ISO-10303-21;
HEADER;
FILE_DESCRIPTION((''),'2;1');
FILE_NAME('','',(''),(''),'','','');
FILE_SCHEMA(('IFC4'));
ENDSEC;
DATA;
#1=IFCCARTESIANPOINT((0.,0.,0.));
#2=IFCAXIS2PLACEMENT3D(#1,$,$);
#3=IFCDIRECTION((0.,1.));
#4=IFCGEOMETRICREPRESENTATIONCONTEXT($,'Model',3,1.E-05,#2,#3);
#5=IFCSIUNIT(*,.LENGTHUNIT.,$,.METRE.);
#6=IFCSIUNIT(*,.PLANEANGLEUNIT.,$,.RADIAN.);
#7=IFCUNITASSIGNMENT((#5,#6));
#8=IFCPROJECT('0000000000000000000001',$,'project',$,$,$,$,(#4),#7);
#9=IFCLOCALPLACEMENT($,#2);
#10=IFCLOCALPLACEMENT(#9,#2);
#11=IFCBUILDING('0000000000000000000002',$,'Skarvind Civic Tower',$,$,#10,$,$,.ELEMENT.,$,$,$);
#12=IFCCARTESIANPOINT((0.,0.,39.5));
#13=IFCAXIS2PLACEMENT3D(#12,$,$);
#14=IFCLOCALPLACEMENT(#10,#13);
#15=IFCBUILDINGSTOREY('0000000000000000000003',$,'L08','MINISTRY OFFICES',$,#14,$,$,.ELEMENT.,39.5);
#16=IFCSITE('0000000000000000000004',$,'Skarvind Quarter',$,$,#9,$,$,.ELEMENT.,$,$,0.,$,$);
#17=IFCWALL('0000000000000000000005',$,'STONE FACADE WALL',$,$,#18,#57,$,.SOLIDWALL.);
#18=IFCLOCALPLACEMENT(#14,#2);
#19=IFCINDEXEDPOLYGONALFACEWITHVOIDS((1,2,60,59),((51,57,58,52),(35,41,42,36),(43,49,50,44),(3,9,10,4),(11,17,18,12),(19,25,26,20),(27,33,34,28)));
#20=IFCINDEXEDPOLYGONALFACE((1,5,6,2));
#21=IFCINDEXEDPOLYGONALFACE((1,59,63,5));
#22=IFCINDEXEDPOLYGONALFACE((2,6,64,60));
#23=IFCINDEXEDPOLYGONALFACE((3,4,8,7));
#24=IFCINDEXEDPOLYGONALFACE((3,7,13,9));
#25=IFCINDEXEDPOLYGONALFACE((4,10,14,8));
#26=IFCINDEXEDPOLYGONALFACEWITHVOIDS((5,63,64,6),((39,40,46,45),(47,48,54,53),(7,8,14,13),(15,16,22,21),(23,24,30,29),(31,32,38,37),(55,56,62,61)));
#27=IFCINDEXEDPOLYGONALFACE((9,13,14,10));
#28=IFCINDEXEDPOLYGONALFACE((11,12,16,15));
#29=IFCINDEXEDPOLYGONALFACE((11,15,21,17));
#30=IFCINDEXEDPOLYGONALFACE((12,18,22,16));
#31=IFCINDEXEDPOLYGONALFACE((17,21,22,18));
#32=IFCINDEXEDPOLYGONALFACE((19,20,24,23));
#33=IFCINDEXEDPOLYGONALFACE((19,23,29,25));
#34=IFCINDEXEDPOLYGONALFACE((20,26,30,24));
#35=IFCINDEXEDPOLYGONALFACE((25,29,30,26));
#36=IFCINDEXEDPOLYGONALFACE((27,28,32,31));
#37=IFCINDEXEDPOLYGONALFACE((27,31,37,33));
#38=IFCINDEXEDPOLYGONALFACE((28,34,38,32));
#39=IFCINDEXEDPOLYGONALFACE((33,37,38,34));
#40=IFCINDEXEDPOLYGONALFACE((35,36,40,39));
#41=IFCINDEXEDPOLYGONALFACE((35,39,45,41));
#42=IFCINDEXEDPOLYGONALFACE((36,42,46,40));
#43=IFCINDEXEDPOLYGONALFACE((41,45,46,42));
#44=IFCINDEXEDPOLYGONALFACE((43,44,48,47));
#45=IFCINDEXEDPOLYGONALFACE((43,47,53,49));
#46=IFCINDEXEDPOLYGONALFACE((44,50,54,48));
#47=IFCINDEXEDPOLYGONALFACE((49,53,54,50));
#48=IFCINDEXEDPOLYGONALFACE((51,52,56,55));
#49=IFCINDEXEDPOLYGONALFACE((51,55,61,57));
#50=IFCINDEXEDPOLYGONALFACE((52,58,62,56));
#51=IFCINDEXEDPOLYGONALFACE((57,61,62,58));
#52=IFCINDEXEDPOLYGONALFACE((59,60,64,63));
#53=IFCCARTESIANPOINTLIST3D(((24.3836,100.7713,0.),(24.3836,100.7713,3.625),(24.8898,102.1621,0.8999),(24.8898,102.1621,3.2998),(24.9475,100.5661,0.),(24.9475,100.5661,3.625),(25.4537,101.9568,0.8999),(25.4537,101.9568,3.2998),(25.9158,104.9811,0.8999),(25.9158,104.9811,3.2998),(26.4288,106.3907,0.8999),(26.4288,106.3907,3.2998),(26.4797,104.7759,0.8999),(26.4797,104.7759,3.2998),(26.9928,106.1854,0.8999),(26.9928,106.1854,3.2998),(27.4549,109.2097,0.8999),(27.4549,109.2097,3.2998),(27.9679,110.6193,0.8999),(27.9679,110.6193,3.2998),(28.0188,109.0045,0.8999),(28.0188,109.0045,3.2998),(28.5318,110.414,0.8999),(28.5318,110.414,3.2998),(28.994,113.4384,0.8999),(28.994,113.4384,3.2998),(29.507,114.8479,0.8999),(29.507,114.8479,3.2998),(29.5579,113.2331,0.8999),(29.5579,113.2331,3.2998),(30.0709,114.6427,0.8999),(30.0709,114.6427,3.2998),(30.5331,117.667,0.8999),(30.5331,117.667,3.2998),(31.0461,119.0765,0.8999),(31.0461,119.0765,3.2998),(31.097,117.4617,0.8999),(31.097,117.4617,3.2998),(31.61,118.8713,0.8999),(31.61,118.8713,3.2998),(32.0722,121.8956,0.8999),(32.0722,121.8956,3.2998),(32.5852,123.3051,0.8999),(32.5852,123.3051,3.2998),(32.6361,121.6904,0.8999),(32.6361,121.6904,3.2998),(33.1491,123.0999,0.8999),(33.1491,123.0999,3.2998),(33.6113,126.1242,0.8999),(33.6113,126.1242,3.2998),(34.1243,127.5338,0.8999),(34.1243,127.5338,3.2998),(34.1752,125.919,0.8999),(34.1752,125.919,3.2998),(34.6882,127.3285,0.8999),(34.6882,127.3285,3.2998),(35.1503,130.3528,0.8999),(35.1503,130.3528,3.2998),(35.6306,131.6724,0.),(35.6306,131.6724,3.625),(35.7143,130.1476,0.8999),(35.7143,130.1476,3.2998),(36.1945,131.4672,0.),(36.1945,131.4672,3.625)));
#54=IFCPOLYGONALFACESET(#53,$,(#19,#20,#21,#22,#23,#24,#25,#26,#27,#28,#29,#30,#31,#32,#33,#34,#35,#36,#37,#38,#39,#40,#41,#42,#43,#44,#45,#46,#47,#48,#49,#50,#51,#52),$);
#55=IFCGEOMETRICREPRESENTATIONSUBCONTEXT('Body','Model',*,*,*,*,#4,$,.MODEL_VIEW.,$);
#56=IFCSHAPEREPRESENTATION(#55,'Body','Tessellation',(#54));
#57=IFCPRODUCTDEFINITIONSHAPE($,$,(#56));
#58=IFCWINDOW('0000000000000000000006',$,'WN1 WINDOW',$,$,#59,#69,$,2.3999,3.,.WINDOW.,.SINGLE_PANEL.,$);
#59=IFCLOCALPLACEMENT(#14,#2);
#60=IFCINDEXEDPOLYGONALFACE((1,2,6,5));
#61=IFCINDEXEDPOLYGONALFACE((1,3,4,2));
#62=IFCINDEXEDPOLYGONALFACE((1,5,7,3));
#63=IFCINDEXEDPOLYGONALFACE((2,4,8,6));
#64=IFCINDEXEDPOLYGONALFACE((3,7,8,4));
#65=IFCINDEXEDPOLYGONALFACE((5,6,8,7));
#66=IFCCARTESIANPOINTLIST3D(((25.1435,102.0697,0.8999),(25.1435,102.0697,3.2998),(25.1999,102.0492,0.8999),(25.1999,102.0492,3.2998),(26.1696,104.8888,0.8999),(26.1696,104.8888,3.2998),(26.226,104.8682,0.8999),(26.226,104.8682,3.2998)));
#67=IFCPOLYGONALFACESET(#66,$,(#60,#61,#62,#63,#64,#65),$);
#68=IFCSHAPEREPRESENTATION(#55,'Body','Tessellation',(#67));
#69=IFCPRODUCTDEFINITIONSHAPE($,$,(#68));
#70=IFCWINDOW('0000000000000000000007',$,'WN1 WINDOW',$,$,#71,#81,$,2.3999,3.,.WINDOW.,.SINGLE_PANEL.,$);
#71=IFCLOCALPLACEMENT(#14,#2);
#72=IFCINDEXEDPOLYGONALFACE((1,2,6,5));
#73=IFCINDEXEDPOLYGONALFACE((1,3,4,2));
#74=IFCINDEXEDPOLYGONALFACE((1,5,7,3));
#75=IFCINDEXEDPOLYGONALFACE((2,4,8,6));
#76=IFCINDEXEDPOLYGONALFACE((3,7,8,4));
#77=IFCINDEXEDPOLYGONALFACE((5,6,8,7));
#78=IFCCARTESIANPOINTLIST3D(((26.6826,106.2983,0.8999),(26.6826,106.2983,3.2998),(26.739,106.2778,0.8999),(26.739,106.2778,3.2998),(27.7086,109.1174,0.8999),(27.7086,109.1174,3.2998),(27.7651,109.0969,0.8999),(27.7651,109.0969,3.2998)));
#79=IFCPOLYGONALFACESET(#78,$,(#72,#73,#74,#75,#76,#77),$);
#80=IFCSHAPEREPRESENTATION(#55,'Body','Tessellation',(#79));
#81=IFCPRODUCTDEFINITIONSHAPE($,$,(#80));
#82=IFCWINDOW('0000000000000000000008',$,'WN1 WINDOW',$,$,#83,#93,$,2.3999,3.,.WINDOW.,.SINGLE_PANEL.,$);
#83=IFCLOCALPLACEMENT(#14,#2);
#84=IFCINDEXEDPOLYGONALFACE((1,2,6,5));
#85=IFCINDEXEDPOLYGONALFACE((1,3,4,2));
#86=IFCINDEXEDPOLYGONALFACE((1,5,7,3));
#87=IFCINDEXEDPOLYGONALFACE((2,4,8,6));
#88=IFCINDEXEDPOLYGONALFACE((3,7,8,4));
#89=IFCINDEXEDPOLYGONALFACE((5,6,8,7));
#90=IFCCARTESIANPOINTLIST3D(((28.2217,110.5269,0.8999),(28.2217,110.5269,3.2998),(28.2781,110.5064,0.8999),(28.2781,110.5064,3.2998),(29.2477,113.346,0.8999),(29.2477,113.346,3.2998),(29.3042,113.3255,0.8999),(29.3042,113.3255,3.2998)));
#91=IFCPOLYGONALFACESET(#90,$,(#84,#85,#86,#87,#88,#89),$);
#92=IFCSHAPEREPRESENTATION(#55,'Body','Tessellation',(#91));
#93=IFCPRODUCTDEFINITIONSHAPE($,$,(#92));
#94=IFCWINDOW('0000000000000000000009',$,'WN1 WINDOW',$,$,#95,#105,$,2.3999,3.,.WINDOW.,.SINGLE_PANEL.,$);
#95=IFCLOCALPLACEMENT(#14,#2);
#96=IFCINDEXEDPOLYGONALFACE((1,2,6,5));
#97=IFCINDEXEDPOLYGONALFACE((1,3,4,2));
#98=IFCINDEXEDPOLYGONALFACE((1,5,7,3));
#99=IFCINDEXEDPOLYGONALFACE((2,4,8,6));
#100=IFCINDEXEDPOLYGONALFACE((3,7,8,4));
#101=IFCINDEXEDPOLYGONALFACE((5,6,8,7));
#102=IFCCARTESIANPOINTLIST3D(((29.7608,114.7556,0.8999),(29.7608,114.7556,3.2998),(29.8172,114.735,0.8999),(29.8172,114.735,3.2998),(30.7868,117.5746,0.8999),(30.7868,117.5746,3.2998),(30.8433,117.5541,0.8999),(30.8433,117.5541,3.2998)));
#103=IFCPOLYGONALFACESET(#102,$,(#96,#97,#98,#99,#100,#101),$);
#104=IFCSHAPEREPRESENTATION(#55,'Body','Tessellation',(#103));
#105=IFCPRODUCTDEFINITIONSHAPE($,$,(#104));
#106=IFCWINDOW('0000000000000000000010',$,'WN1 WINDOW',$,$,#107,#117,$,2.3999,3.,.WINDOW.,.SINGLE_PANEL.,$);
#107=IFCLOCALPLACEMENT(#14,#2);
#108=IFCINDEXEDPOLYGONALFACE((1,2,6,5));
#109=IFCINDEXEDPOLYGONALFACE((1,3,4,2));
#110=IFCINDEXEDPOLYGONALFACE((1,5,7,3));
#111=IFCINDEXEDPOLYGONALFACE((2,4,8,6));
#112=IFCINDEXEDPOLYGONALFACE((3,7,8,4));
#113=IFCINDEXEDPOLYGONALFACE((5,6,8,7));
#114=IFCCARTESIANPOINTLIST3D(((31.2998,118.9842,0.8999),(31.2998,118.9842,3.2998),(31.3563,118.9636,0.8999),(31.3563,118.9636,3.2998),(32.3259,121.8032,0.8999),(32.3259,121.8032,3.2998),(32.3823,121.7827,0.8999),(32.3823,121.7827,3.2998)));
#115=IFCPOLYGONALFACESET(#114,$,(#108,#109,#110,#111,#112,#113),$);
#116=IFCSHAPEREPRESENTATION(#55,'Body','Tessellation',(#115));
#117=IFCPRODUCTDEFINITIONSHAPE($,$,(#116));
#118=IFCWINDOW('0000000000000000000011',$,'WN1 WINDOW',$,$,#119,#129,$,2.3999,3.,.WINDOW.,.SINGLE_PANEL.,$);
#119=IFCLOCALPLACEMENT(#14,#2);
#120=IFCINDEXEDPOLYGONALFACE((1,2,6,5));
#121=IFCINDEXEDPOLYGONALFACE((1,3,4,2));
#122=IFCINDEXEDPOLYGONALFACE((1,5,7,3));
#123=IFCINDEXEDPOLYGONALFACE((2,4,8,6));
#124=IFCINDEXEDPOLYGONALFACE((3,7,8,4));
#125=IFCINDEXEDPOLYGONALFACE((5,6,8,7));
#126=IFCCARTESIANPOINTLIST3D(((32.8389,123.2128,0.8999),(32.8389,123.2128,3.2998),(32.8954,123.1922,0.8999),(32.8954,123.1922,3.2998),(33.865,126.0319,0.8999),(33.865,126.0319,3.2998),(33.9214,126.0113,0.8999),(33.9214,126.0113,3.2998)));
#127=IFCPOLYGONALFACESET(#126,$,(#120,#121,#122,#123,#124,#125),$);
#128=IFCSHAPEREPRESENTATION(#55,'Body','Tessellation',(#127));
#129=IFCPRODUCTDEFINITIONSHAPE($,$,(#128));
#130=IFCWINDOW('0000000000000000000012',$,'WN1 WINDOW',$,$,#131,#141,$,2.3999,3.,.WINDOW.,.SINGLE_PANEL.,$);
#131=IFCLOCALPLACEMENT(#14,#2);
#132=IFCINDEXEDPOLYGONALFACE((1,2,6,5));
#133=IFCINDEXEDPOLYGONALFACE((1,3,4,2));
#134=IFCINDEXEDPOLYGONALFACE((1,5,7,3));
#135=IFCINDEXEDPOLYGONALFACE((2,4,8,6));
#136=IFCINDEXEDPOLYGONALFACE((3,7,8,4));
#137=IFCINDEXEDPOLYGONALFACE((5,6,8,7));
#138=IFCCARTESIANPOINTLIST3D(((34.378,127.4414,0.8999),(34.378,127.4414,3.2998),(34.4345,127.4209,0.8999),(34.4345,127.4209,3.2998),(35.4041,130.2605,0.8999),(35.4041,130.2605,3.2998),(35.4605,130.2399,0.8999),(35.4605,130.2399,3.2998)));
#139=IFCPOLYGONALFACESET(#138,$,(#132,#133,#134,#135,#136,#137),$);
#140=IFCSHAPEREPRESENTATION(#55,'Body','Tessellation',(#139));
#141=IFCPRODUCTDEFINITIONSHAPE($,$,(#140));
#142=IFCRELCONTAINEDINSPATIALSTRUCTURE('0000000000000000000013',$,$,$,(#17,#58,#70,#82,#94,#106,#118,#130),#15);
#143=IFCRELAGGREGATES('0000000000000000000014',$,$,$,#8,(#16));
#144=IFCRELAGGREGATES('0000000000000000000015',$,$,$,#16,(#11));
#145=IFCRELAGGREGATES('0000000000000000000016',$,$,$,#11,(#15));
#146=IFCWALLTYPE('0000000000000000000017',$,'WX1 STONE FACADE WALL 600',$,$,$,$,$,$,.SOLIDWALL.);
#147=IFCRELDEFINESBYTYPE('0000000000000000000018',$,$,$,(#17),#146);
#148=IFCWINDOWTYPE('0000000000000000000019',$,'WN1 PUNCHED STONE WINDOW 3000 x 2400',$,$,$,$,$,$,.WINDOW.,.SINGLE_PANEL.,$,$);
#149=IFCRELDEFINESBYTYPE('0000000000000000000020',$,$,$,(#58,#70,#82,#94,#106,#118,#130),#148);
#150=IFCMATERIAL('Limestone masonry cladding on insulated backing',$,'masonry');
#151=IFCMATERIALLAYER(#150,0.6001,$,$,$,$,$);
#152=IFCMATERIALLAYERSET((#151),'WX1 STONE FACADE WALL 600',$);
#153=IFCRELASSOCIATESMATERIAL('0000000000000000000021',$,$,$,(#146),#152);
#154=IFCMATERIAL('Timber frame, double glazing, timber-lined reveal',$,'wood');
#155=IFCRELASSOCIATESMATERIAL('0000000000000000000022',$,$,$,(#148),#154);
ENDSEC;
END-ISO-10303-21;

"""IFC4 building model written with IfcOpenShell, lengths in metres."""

from ifc_helpers import new_model, si_unit, direction, frame, frame_2d, origin, place, context, subcontext, project, spatial, rectangle, extrude, material, layer, layer_set, type_object, element, fill, save


model = new_model("IFC4")

# Units and contexts
model_context = context("Model", 3, precision=1e-05, world=origin(), true_north=direction((0.0, 1.0)))
body_context = subcontext(model_context, "Body", "Model", "MODEL_VIEW")
ifc_project = project(units=[si_unit("LENGTHUNIT", "METRE"), si_unit("PLANEANGLEUNIT", "RADIAN")], contexts=[model_context])

# Site, building, storey
site_placement = place(None, origin())
site = spatial("IfcSite", under=ifc_project, at=site_placement, Name="Skarvind Quarter", CompositionType="ELEMENT", RefElevation=0.0)
building_placement = place(site_placement, origin())
building = spatial("IfcBuilding", under=site, at=building_placement, Name="Skarvind Civic Tower", CompositionType="ELEMENT")
storey_placement = place(building_placement, frame((0.0, 0.0, 39.5)))
storey = spatial("IfcBuildingStorey", under=building, at=storey_placement, Name="L08", Description="MINISTRY OFFICES", CompositionType="ELEMENT", Elevation=39.5)

# Wall, openings, windows
ifc_material_1 = material(Name="Limestone masonry cladding on insulated backing", Category="masonry")
ifc_layer_1 = layer(ifc_material_1, 0.6001)
ifc_layer_set_1 = layer_set([ifc_layer_1], Name="WX1 STONE FACADE WALL 600")
wall_type_1 = type_object("IfcWallType", Name="WX1 STONE FACADE WALL 600", PredefinedType="SOLIDWALL", material=ifc_layer_set_1)
wall_1_placement = place(storey_placement, frame((24.6655, 100.6687, 0.0), z_axis=(0.0, 0.0, 1.0), x_axis=(0.34202, 0.939693, 0.0)))
wall_1 = element("IfcWall", 1, at=wall_1_placement, inside=storey, type_object=wall_type_1, Name="STONE FACADE WALL", PredefinedType="SOLIDWALL", context=body_context, shape_type="SweptSolid", body=[
    extrude(rectangle(XDim=32.8843, YDim=0.6001, at=frame_2d((16.4421, 0.0))), origin(), (0.0, 0.0, 1.0), 3.625),
])
opening_1_placement = place(wall_1_placement, frame((1.48, 0.0, 0.8999)))
opening_1 = element("IfcOpeningElement", 2, at=opening_1_placement, cuts=wall_1, PredefinedType="OPENING", context=body_context, shape_type="SweptSolid", body=[
    extrude(rectangle(XDim=3.0, YDim=2.3999, at=frame_2d((1.5, 1.2))), frame((0.0, 0.3101, 0.0), z_axis=(0.0, -1.0, 0.0), x_axis=(1.0, 0.0, 0.0)), (0.0, 0.0, 1.0), 0.6201),
])
opening_2_placement = place(wall_1_placement, frame((5.98, 0.0, 0.8999)))
opening_2 = element("IfcOpeningElement", 3, at=opening_2_placement, cuts=wall_1, PredefinedType="OPENING", context=body_context, shape_type="SweptSolid", body=[
    extrude(rectangle(XDim=3.0, YDim=2.3999, at=frame_2d((1.5, 1.2))), frame((0.0, 0.3101, 0.0), z_axis=(0.0, -1.0, 0.0), x_axis=(1.0, 0.0, 0.0)), (0.0, 0.0, 1.0), 0.6201),
])
opening_3_placement = place(wall_1_placement, frame((10.48, 0.0, 0.8999)))
opening_3 = element("IfcOpeningElement", 4, at=opening_3_placement, cuts=wall_1, PredefinedType="OPENING", context=body_context, shape_type="SweptSolid", body=[
    extrude(rectangle(XDim=3.0, YDim=2.3999, at=frame_2d((1.5, 1.2))), frame((0.0, 0.3101, 0.0), z_axis=(0.0, -1.0, 0.0), x_axis=(1.0, 0.0, 0.0)), (0.0, 0.0, 1.0), 0.6201),
])
opening_4_placement = place(wall_1_placement, frame((14.98, 0.0, 0.8999)))
opening_4 = element("IfcOpeningElement", 5, at=opening_4_placement, cuts=wall_1, PredefinedType="OPENING", context=body_context, shape_type="SweptSolid", body=[
    extrude(rectangle(XDim=3.0, YDim=2.3999, at=frame_2d((1.5, 1.2))), frame((0.0, 0.3101, 0.0), z_axis=(0.0, -1.0, 0.0), x_axis=(1.0, 0.0, 0.0)), (0.0, 0.0, 1.0), 0.6201),
])
opening_5_placement = place(wall_1_placement, frame((19.48, 0.0, 0.8999)))
opening_5 = element("IfcOpeningElement", 6, at=opening_5_placement, cuts=wall_1, PredefinedType="OPENING", context=body_context, shape_type="SweptSolid", body=[
    extrude(rectangle(XDim=3.0, YDim=2.3999, at=frame_2d((1.5, 1.2))), frame((0.0, 0.3101, 0.0), z_axis=(0.0, -1.0, 0.0), x_axis=(1.0, 0.0, 0.0)), (0.0, 0.0, 1.0), 0.6201),
])
opening_6_placement = place(wall_1_placement, frame((23.98, 0.0, 0.8999)))
opening_6 = element("IfcOpeningElement", 7, at=opening_6_placement, cuts=wall_1, PredefinedType="OPENING", context=body_context, shape_type="SweptSolid", body=[
    extrude(rectangle(XDim=3.0, YDim=2.3999, at=frame_2d((1.5, 1.2))), frame((0.0, 0.3101, 0.0), z_axis=(0.0, -1.0, 0.0), x_axis=(1.0, 0.0, 0.0)), (0.0, 0.0, 1.0), 0.6201),
])
opening_7_placement = place(wall_1_placement, frame((28.48, 0.0, 0.8999)))
opening_7 = element("IfcOpeningElement", 8, at=opening_7_placement, cuts=wall_1, PredefinedType="OPENING", context=body_context, shape_type="SweptSolid", body=[
    extrude(rectangle(XDim=3.0, YDim=2.3999, at=frame_2d((1.5, 1.2))), frame((0.0, 0.3101, 0.0), z_axis=(0.0, -1.0, 0.0), x_axis=(1.0, 0.0, 0.0)), (0.0, 0.0, 1.0), 0.6201),
])
ifc_material_2 = material(Name="Timber frame, double glazing, timber-lined reveal", Category="wood")
window_type = type_object("IfcWindowType", Name="WN1 PUNCHED STONE WINDOW 3000 x 2400", PartitioningType="SINGLE_PANEL", PredefinedType="WINDOW", material=ifc_material_2)
window_1_placement = place(opening_1_placement, origin())
window_1 = element("IfcWindow", 9, at=window_1_placement, inside=storey, type_object=window_type, Name="WN1 WINDOW", OverallHeight=2.3999, OverallWidth=3.0, PartitioningType="SINGLE_PANEL", PredefinedType="WINDOW", context=body_context, shape_type="SweptSolid", body=[
    extrude(rectangle(XDim=3.0, YDim=2.3999, at=frame_2d((1.5, 1.2))), frame((0.0, 0.03, 0.0), z_axis=(0.0, -1.0, 0.0), x_axis=(1.0, 0.0, 0.0)), (0.0, 0.0, 1.0), 0.0601),
])
fill(opening_1, window_1)
window_2_placement = place(opening_2_placement, origin())
window_2 = element("IfcWindow", 10, at=window_2_placement, inside=storey, type_object=window_type, Name="WN1 WINDOW", OverallHeight=2.3999, OverallWidth=3.0, PartitioningType="SINGLE_PANEL", PredefinedType="WINDOW", context=body_context, shape_type="SweptSolid", body=[
    extrude(rectangle(XDim=3.0, YDim=2.3999, at=frame_2d((1.5, 1.2))), frame((0.0, 0.03, 0.0), z_axis=(0.0, -1.0, 0.0), x_axis=(1.0, 0.0, 0.0)), (0.0, 0.0, 1.0), 0.0601),
])
fill(opening_2, window_2)
window_3_placement = place(opening_3_placement, origin())
window_3 = element("IfcWindow", 11, at=window_3_placement, inside=storey, type_object=window_type, Name="WN1 WINDOW", OverallHeight=2.3999, OverallWidth=3.0, PartitioningType="SINGLE_PANEL", PredefinedType="WINDOW", context=body_context, shape_type="SweptSolid", body=[
    extrude(rectangle(XDim=3.0, YDim=2.3999, at=frame_2d((1.5, 1.2))), frame((0.0, 0.03, 0.0), z_axis=(0.0, -1.0, 0.0), x_axis=(1.0, 0.0, 0.0)), (0.0, 0.0, 1.0), 0.0601),
])
fill(opening_3, window_3)
window_4_placement = place(opening_4_placement, origin())
window_4 = element("IfcWindow", 12, at=window_4_placement, inside=storey, type_object=window_type, Name="WN1 WINDOW", OverallHeight=2.3999, OverallWidth=3.0, PartitioningType="SINGLE_PANEL", PredefinedType="WINDOW", context=body_context, shape_type="SweptSolid", body=[
    extrude(rectangle(XDim=3.0, YDim=2.3999, at=frame_2d((1.5, 1.2))), frame((0.0, 0.03, 0.0), z_axis=(0.0, -1.0, 0.0), x_axis=(1.0, 0.0, 0.0)), (0.0, 0.0, 1.0), 0.0601),
])
fill(opening_4, window_4)
window_5_placement = place(opening_5_placement, origin())
window_5 = element("IfcWindow", 13, at=window_5_placement, inside=storey, type_object=window_type, Name="WN1 WINDOW", OverallHeight=2.3999, OverallWidth=3.0, PartitioningType="SINGLE_PANEL", PredefinedType="WINDOW", context=body_context, shape_type="SweptSolid", body=[
    extrude(rectangle(XDim=3.0, YDim=2.3999, at=frame_2d((1.5, 1.2))), frame((0.0, 0.03, 0.0), z_axis=(0.0, -1.0, 0.0), x_axis=(1.0, 0.0, 0.0)), (0.0, 0.0, 1.0), 0.0601),
])
fill(opening_5, window_5)
window_6_placement = place(opening_6_placement, origin())
window_6 = element("IfcWindow", 14, at=window_6_placement, inside=storey, type_object=window_type, Name="WN1 WINDOW", OverallHeight=2.3999, OverallWidth=3.0, PartitioningType="SINGLE_PANEL", PredefinedType="WINDOW", context=body_context, shape_type="SweptSolid", body=[
    extrude(rectangle(XDim=3.0, YDim=2.3999, at=frame_2d((1.5, 1.2))), frame((0.0, 0.03, 0.0), z_axis=(0.0, -1.0, 0.0), x_axis=(1.0, 0.0, 0.0)), (0.0, 0.0, 1.0), 0.0601),
])
fill(opening_6, window_6)
window_7_placement = place(opening_7_placement, origin())
window_7 = element("IfcWindow", 15, at=window_7_placement, inside=storey, type_object=window_type, Name="WN1 WINDOW", OverallHeight=2.3999, OverallWidth=3.0, PartitioningType="SINGLE_PANEL", PredefinedType="WINDOW", context=body_context, shape_type="SweptSolid", body=[
    extrude(rectangle(XDim=3.0, YDim=2.3999, at=frame_2d((1.5, 1.2))), frame((0.0, 0.03, 0.0), z_axis=(0.0, -1.0, 0.0), x_axis=(1.0, 0.0, 0.0)), (0.0, 0.0, 1.0), 0.0601),
])
fill(opening_7, window_7)

save(model, "model.ifc")
